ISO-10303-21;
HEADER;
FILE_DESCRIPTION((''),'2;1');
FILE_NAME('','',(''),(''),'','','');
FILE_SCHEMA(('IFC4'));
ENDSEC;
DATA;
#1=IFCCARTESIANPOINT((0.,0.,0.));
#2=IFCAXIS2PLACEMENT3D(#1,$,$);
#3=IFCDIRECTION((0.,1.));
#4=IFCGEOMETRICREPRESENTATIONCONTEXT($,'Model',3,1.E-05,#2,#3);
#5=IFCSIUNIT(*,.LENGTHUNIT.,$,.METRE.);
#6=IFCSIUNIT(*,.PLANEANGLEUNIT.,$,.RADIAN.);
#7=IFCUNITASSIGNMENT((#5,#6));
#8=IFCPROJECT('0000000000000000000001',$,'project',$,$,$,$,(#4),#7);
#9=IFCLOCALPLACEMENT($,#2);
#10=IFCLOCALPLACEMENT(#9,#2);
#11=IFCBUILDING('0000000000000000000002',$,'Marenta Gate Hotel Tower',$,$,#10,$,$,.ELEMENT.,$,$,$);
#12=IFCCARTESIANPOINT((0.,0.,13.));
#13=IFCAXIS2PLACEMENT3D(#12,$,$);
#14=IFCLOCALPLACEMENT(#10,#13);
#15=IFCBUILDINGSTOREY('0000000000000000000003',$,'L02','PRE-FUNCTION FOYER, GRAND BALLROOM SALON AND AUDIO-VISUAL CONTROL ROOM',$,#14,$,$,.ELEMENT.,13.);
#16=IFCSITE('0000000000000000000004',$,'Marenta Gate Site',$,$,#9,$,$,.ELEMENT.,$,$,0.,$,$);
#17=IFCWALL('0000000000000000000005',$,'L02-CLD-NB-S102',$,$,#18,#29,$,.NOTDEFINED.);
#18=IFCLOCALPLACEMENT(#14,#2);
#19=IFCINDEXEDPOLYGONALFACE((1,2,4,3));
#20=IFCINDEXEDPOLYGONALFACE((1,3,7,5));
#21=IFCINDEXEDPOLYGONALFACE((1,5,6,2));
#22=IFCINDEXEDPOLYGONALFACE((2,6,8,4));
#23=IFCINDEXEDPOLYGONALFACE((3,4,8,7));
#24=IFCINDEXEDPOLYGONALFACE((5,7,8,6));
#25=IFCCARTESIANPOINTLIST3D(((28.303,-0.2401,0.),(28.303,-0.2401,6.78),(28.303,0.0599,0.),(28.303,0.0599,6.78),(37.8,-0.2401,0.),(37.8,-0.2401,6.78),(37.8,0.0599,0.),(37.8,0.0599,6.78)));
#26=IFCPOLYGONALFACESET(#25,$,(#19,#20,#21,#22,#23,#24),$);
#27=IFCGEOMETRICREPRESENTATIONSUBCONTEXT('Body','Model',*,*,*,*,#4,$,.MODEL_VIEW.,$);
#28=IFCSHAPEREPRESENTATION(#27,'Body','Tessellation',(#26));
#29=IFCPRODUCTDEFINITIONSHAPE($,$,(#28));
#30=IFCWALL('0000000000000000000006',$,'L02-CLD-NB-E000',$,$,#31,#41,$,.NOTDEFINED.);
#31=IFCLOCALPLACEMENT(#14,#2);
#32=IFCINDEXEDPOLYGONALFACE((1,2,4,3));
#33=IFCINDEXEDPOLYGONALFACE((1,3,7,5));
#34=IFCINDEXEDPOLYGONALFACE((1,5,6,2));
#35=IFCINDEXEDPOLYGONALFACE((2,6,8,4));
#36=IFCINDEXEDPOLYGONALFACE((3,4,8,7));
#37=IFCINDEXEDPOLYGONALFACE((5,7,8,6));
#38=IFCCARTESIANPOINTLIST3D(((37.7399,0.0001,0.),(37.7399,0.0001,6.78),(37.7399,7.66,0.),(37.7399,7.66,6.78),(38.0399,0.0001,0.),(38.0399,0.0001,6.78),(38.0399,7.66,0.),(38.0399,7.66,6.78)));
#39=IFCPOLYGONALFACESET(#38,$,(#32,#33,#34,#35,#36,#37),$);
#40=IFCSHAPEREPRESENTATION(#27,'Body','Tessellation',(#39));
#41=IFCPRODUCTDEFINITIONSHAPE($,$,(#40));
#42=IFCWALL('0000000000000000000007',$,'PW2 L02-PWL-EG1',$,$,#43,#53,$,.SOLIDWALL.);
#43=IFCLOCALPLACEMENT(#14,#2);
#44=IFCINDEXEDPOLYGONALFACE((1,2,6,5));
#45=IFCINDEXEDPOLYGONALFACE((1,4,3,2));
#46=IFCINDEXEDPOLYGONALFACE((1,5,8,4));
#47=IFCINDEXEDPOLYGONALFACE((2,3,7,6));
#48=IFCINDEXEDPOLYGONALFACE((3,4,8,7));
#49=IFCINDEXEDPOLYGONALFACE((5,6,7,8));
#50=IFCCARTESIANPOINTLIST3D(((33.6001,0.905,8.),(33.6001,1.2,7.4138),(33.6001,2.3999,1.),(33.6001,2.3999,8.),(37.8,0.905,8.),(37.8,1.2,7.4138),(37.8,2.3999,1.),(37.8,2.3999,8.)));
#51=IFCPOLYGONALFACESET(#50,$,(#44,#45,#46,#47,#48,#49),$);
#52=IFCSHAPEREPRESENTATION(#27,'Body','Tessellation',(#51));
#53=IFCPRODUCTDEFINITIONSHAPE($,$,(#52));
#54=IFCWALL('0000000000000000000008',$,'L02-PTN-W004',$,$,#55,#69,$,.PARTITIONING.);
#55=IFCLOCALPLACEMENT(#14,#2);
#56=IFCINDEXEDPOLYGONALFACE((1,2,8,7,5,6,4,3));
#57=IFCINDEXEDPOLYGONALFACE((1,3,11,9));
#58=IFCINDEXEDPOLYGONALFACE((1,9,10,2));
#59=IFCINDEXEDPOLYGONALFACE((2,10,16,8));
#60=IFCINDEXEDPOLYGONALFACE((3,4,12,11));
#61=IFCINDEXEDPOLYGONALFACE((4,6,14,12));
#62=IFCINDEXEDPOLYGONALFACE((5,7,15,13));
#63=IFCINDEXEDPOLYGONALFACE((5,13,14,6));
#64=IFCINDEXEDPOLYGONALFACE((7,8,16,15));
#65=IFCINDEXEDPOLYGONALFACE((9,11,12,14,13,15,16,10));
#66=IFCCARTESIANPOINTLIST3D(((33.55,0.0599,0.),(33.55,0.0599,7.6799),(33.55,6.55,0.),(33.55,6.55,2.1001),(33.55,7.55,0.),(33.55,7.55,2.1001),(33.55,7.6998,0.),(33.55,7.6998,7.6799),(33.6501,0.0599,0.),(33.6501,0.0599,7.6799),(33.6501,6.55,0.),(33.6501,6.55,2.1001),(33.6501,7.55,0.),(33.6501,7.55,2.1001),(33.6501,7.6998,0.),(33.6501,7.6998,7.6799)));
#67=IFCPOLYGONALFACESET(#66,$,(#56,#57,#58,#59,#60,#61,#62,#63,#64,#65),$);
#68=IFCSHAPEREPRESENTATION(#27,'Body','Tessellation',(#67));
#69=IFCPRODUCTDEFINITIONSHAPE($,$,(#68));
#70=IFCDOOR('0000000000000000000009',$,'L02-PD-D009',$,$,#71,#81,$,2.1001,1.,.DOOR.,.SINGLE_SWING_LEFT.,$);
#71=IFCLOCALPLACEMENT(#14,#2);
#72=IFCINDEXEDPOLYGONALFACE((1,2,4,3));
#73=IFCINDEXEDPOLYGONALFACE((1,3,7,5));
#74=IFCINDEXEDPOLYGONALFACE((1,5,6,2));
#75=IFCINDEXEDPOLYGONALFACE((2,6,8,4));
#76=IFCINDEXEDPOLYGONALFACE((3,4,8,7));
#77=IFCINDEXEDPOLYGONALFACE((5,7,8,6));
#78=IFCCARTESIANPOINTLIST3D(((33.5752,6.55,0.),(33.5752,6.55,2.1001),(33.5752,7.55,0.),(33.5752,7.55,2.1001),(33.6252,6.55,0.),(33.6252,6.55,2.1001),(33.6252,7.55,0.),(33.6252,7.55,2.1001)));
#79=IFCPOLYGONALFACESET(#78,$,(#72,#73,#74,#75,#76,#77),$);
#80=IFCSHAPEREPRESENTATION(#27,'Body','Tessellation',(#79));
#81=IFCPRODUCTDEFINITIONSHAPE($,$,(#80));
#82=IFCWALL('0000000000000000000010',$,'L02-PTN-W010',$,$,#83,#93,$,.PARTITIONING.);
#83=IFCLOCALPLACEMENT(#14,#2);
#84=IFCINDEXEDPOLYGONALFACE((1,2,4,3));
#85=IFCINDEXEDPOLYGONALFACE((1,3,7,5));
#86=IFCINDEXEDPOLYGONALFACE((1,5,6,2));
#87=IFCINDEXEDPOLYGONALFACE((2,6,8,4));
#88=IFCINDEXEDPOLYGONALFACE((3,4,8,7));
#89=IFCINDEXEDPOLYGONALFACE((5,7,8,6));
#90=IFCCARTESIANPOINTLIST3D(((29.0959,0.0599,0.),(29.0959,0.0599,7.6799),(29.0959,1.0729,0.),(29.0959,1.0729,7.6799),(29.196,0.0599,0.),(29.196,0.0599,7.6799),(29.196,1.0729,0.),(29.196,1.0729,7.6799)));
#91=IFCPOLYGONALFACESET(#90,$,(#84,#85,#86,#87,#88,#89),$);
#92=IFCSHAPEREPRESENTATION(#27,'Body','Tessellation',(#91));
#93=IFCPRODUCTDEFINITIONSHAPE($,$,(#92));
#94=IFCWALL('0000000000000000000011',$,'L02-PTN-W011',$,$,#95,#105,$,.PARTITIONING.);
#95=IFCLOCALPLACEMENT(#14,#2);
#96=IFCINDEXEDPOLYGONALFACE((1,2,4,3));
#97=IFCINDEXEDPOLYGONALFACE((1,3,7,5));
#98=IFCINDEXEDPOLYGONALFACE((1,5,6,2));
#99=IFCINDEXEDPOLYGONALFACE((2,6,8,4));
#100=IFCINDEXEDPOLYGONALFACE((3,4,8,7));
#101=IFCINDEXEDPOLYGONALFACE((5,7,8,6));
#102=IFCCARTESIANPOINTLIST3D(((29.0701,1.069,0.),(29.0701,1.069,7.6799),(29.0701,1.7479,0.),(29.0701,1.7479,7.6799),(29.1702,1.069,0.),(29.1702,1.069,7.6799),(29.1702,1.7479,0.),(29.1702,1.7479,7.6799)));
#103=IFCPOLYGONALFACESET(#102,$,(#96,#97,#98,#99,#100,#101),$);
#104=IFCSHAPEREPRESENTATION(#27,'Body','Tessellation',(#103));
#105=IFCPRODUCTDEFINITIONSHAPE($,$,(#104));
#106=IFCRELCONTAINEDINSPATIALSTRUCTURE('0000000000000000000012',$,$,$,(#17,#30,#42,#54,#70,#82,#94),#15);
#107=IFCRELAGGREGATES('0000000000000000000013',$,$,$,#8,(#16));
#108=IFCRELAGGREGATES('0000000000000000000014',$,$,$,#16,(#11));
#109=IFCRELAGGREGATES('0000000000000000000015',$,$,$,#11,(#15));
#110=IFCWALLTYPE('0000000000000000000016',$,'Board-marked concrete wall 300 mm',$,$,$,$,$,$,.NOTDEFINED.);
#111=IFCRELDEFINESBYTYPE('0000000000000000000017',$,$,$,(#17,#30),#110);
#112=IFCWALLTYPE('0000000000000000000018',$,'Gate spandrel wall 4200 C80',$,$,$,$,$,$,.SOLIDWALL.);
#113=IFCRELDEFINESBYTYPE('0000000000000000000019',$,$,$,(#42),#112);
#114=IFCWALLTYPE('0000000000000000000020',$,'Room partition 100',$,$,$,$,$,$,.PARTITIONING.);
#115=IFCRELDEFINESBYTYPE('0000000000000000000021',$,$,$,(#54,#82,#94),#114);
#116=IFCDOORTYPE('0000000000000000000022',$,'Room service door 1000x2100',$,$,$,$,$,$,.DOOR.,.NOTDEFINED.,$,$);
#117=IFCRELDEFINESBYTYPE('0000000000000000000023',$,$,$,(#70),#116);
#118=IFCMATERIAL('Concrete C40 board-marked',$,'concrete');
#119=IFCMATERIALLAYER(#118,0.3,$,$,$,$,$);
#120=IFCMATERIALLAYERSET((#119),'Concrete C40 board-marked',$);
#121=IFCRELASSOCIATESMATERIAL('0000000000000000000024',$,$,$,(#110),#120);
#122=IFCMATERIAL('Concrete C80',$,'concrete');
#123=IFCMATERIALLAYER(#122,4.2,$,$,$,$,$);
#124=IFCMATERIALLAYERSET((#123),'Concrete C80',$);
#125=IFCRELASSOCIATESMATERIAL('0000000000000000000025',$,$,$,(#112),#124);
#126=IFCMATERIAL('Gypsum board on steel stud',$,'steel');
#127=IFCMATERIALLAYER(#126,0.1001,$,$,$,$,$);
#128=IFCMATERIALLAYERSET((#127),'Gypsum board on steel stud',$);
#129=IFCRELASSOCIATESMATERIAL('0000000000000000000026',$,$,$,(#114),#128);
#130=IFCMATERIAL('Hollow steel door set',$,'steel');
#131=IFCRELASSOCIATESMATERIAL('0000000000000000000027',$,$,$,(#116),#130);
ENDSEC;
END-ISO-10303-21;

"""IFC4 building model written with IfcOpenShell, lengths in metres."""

from ifc_helpers import new_model, si_unit, direction, frame, frame_2d, origin, place, context, subcontext, project, spatial, polyline, rectangle, outline, extrude, material, layer, layer_set, type_object, element, fill, save


model = new_model("IFC4")

# Units and contexts
model_context = context("Model", 3, precision=1e-05, world=origin(), true_north=direction((0.0, 1.0)))
body_context = subcontext(model_context, "Body", "Model", "MODEL_VIEW")
ifc_project = project(units=[si_unit("LENGTHUNIT", "METRE"), si_unit("PLANEANGLEUNIT", "RADIAN")], contexts=[model_context])

# Site, building, storey
site_placement = place(None, origin())
site = spatial("IfcSite", under=ifc_project, at=site_placement, Name="Marenta Gate Site", CompositionType="ELEMENT", RefElevation=0.0)
building_placement = place(site_placement, origin())
building = spatial("IfcBuilding", under=site, at=building_placement, Name="Marenta Gate Hotel Tower", CompositionType="ELEMENT")
storey_placement = place(building_placement, frame((0.0, 0.0, 13.0)))
storey = spatial("IfcBuildingStorey", under=building, at=storey_placement, Name="L02", Description="PRE-FUNCTION FOYER, GRAND BALLROOM SALON AND AUDIO-VISUAL CONTROL ROOM", CompositionType="ELEMENT", Elevation=13.0)

# Shared definitions
ifc_material_1 = material(Name="Concrete C40 board-marked", Category="concrete")
ifc_layer_1 = layer(ifc_material_1, 0.3)
ifc_layer_set_1 = layer_set([ifc_layer_1], Name="Concrete C40 board-marked")
wall_type_1 = type_object("IfcWallType", Name="Board-marked concrete wall 300 mm", PredefinedType="NOTDEFINED", material=ifc_layer_set_1)

# Walls
wall_1_placement = place(storey_placement, frame((28.303, -0.0901, 0.0), z_axis=(0.0, 0.0, 1.0), x_axis=(1.0, 0.0, 0.0)))
element("IfcWall", 1, at=wall_1_placement, inside=storey, type_object=wall_type_1, Name="L02-CLD-NB-S102", PredefinedType="NOTDEFINED", context=body_context, shape_type="SweptSolid", body=[
    extrude(rectangle(XDim=9.4971, YDim=0.3, at=frame_2d((4.7485, 0.0))), origin(), (0.0, 0.0, 1.0), 6.78),
])
wall_2_placement = place(storey_placement, frame((37.8899, 0.0, 0.0), z_axis=(0.0, 0.0, 1.0), x_axis=(0.0, 1.0, 0.0)))
element("IfcWall", 2, at=wall_2_placement, inside=storey, type_object=wall_type_1, Name="L02-CLD-NB-E000", PredefinedType="NOTDEFINED", context=body_context, shape_type="SweptSolid", body=[
    extrude(rectangle(XDim=7.6599, YDim=0.3, at=frame_2d((3.8301, 0.0))), origin(), (0.0, 0.0, 1.0), 6.78),
])
ifc_material_2 = material(Name="Concrete C80", Category="concrete")
ifc_layer_2 = layer(ifc_material_2, 4.2)
ifc_layer_set_2 = layer_set([ifc_layer_2], Name="Concrete C80")
wall_type_2 = type_object("IfcWallType", Name="Gate spandrel wall 4200 C80", PredefinedType="SOLIDWALL", material=ifc_layer_set_2)
wall_3_placement = place(storey_placement, frame((37.8, 2.3999, 1.0), z_axis=(1.0, 0.0, 0.0), x_axis=(0.0, 0.0, 1.0)))
element("IfcWall", 3, at=wall_3_placement, inside=storey, type_object=wall_type_2, Name="PW2 L02-PWL-EG1", PredefinedType="SOLIDWALL", context=body_context, shape_type="SweptSolid", body=[
    extrude(outline(polyline([(0.0, 0.0), (7.0, 0.0), (7.0, 1.4949), (6.4138, 1.2), (0.0, 0.0)])), origin(), (0.0, 0.0, -1.0), 4.2),
])

# Wall, opening, door
ifc_material_3 = material(Name="Gypsum board on steel stud", Category="steel")
ifc_layer_3 = layer(ifc_material_3, 0.1001)
ifc_layer_set_3 = layer_set([ifc_layer_3], Name="Gypsum board on steel stud")
wall_type_3 = type_object("IfcWallType", Name="Room partition 100", PredefinedType="PARTITIONING", material=ifc_layer_set_3)
wall_4_placement = place(storey_placement, frame((33.6001, 0.0601, 0.0), z_axis=(0.0, 0.0, 1.0), x_axis=(0.0, 1.0, 0.0)))
wall_4 = element("IfcWall", 4, at=wall_4_placement, inside=storey, type_object=wall_type_3, Name="L02-PTN-W004", PredefinedType="PARTITIONING", context=body_context, shape_type="SweptSolid", body=[
    extrude(rectangle(XDim=7.6399, YDim=0.1001, at=frame_2d((3.8198, 0.0))), origin(), (0.0, 0.0, 1.0), 7.6799),
])
opening_1_placement = place(wall_4_placement, frame((6.49, 0.0, 0.0)))
opening_1 = element("IfcOpeningElement", 5, at=opening_1_placement, cuts=wall_4, PredefinedType="OPENING", context=body_context, shape_type="SweptSolid", body=[
    extrude(rectangle(XDim=1.0, YDim=2.1001, at=frame_2d((0.5, 1.05))), frame((0.0, 0.05, 0.0), z_axis=(0.0, -1.0, 0.0), x_axis=(1.0, 0.0, 0.0)), (0.0, 0.0, 1.0), 0.1001),
])
ifc_material_4 = material(Name="Hollow steel door set", Category="steel")
door_type = type_object("IfcDoorType", Name="Room service door 1000x2100", OperationType="NOTDEFINED", PredefinedType="DOOR", material=ifc_material_4)
door_placement = place(opening_1_placement, origin())
door = element("IfcDoor", 6, at=door_placement, inside=storey, type_object=door_type, Name="L02-PD-D009", OperationType="SINGLE_SWING_LEFT", OverallHeight=2.1001, OverallWidth=1.0, PredefinedType="DOOR", context=body_context, shape_type="SweptSolid", body=[
    extrude(rectangle(XDim=1.0, YDim=2.1001, at=frame_2d((0.5, 1.05))), frame((0.0, 0.0249, 0.0), z_axis=(0.0, -1.0, 0.0), x_axis=(1.0, 0.0, 0.0)), (0.0, 0.0, 1.0), 0.05),
])
fill(opening_1, door)

# Walls
wall_5_placement = place(storey_placement, frame((29.146, 0.0601, 0.0), z_axis=(0.0, 0.0, 1.0), x_axis=(0.0, 1.0, 0.0)))
element("IfcWall", 7, at=wall_5_placement, inside=storey, type_object=wall_type_3, Name="L02-PTN-W010", PredefinedType="PARTITIONING", context=body_context, shape_type="SweptSolid", body=[
    extrude(rectangle(XDim=1.0129, YDim=0.1001, at=frame_2d((0.5063, 0.0))), origin(), (0.0, 0.0, 1.0), 7.6799),
])
wall_6_placement = place(storey_placement, frame((29.1201, 1.0691, 0.0), z_axis=(0.0, 0.0, 1.0), x_axis=(0.0, 1.0, 0.0)))
element("IfcWall", 8, at=wall_6_placement, inside=storey, type_object=wall_type_3, Name="L02-PTN-W011", PredefinedType="PARTITIONING", context=body_context, shape_type="SweptSolid", body=[
    extrude(rectangle(XDim=0.679, YDim=0.1001, at=frame_2d((0.3394, 0.0))), origin(), (0.0, 0.0, 1.0), 7.6799),
])

save(model, "model.ifc")
